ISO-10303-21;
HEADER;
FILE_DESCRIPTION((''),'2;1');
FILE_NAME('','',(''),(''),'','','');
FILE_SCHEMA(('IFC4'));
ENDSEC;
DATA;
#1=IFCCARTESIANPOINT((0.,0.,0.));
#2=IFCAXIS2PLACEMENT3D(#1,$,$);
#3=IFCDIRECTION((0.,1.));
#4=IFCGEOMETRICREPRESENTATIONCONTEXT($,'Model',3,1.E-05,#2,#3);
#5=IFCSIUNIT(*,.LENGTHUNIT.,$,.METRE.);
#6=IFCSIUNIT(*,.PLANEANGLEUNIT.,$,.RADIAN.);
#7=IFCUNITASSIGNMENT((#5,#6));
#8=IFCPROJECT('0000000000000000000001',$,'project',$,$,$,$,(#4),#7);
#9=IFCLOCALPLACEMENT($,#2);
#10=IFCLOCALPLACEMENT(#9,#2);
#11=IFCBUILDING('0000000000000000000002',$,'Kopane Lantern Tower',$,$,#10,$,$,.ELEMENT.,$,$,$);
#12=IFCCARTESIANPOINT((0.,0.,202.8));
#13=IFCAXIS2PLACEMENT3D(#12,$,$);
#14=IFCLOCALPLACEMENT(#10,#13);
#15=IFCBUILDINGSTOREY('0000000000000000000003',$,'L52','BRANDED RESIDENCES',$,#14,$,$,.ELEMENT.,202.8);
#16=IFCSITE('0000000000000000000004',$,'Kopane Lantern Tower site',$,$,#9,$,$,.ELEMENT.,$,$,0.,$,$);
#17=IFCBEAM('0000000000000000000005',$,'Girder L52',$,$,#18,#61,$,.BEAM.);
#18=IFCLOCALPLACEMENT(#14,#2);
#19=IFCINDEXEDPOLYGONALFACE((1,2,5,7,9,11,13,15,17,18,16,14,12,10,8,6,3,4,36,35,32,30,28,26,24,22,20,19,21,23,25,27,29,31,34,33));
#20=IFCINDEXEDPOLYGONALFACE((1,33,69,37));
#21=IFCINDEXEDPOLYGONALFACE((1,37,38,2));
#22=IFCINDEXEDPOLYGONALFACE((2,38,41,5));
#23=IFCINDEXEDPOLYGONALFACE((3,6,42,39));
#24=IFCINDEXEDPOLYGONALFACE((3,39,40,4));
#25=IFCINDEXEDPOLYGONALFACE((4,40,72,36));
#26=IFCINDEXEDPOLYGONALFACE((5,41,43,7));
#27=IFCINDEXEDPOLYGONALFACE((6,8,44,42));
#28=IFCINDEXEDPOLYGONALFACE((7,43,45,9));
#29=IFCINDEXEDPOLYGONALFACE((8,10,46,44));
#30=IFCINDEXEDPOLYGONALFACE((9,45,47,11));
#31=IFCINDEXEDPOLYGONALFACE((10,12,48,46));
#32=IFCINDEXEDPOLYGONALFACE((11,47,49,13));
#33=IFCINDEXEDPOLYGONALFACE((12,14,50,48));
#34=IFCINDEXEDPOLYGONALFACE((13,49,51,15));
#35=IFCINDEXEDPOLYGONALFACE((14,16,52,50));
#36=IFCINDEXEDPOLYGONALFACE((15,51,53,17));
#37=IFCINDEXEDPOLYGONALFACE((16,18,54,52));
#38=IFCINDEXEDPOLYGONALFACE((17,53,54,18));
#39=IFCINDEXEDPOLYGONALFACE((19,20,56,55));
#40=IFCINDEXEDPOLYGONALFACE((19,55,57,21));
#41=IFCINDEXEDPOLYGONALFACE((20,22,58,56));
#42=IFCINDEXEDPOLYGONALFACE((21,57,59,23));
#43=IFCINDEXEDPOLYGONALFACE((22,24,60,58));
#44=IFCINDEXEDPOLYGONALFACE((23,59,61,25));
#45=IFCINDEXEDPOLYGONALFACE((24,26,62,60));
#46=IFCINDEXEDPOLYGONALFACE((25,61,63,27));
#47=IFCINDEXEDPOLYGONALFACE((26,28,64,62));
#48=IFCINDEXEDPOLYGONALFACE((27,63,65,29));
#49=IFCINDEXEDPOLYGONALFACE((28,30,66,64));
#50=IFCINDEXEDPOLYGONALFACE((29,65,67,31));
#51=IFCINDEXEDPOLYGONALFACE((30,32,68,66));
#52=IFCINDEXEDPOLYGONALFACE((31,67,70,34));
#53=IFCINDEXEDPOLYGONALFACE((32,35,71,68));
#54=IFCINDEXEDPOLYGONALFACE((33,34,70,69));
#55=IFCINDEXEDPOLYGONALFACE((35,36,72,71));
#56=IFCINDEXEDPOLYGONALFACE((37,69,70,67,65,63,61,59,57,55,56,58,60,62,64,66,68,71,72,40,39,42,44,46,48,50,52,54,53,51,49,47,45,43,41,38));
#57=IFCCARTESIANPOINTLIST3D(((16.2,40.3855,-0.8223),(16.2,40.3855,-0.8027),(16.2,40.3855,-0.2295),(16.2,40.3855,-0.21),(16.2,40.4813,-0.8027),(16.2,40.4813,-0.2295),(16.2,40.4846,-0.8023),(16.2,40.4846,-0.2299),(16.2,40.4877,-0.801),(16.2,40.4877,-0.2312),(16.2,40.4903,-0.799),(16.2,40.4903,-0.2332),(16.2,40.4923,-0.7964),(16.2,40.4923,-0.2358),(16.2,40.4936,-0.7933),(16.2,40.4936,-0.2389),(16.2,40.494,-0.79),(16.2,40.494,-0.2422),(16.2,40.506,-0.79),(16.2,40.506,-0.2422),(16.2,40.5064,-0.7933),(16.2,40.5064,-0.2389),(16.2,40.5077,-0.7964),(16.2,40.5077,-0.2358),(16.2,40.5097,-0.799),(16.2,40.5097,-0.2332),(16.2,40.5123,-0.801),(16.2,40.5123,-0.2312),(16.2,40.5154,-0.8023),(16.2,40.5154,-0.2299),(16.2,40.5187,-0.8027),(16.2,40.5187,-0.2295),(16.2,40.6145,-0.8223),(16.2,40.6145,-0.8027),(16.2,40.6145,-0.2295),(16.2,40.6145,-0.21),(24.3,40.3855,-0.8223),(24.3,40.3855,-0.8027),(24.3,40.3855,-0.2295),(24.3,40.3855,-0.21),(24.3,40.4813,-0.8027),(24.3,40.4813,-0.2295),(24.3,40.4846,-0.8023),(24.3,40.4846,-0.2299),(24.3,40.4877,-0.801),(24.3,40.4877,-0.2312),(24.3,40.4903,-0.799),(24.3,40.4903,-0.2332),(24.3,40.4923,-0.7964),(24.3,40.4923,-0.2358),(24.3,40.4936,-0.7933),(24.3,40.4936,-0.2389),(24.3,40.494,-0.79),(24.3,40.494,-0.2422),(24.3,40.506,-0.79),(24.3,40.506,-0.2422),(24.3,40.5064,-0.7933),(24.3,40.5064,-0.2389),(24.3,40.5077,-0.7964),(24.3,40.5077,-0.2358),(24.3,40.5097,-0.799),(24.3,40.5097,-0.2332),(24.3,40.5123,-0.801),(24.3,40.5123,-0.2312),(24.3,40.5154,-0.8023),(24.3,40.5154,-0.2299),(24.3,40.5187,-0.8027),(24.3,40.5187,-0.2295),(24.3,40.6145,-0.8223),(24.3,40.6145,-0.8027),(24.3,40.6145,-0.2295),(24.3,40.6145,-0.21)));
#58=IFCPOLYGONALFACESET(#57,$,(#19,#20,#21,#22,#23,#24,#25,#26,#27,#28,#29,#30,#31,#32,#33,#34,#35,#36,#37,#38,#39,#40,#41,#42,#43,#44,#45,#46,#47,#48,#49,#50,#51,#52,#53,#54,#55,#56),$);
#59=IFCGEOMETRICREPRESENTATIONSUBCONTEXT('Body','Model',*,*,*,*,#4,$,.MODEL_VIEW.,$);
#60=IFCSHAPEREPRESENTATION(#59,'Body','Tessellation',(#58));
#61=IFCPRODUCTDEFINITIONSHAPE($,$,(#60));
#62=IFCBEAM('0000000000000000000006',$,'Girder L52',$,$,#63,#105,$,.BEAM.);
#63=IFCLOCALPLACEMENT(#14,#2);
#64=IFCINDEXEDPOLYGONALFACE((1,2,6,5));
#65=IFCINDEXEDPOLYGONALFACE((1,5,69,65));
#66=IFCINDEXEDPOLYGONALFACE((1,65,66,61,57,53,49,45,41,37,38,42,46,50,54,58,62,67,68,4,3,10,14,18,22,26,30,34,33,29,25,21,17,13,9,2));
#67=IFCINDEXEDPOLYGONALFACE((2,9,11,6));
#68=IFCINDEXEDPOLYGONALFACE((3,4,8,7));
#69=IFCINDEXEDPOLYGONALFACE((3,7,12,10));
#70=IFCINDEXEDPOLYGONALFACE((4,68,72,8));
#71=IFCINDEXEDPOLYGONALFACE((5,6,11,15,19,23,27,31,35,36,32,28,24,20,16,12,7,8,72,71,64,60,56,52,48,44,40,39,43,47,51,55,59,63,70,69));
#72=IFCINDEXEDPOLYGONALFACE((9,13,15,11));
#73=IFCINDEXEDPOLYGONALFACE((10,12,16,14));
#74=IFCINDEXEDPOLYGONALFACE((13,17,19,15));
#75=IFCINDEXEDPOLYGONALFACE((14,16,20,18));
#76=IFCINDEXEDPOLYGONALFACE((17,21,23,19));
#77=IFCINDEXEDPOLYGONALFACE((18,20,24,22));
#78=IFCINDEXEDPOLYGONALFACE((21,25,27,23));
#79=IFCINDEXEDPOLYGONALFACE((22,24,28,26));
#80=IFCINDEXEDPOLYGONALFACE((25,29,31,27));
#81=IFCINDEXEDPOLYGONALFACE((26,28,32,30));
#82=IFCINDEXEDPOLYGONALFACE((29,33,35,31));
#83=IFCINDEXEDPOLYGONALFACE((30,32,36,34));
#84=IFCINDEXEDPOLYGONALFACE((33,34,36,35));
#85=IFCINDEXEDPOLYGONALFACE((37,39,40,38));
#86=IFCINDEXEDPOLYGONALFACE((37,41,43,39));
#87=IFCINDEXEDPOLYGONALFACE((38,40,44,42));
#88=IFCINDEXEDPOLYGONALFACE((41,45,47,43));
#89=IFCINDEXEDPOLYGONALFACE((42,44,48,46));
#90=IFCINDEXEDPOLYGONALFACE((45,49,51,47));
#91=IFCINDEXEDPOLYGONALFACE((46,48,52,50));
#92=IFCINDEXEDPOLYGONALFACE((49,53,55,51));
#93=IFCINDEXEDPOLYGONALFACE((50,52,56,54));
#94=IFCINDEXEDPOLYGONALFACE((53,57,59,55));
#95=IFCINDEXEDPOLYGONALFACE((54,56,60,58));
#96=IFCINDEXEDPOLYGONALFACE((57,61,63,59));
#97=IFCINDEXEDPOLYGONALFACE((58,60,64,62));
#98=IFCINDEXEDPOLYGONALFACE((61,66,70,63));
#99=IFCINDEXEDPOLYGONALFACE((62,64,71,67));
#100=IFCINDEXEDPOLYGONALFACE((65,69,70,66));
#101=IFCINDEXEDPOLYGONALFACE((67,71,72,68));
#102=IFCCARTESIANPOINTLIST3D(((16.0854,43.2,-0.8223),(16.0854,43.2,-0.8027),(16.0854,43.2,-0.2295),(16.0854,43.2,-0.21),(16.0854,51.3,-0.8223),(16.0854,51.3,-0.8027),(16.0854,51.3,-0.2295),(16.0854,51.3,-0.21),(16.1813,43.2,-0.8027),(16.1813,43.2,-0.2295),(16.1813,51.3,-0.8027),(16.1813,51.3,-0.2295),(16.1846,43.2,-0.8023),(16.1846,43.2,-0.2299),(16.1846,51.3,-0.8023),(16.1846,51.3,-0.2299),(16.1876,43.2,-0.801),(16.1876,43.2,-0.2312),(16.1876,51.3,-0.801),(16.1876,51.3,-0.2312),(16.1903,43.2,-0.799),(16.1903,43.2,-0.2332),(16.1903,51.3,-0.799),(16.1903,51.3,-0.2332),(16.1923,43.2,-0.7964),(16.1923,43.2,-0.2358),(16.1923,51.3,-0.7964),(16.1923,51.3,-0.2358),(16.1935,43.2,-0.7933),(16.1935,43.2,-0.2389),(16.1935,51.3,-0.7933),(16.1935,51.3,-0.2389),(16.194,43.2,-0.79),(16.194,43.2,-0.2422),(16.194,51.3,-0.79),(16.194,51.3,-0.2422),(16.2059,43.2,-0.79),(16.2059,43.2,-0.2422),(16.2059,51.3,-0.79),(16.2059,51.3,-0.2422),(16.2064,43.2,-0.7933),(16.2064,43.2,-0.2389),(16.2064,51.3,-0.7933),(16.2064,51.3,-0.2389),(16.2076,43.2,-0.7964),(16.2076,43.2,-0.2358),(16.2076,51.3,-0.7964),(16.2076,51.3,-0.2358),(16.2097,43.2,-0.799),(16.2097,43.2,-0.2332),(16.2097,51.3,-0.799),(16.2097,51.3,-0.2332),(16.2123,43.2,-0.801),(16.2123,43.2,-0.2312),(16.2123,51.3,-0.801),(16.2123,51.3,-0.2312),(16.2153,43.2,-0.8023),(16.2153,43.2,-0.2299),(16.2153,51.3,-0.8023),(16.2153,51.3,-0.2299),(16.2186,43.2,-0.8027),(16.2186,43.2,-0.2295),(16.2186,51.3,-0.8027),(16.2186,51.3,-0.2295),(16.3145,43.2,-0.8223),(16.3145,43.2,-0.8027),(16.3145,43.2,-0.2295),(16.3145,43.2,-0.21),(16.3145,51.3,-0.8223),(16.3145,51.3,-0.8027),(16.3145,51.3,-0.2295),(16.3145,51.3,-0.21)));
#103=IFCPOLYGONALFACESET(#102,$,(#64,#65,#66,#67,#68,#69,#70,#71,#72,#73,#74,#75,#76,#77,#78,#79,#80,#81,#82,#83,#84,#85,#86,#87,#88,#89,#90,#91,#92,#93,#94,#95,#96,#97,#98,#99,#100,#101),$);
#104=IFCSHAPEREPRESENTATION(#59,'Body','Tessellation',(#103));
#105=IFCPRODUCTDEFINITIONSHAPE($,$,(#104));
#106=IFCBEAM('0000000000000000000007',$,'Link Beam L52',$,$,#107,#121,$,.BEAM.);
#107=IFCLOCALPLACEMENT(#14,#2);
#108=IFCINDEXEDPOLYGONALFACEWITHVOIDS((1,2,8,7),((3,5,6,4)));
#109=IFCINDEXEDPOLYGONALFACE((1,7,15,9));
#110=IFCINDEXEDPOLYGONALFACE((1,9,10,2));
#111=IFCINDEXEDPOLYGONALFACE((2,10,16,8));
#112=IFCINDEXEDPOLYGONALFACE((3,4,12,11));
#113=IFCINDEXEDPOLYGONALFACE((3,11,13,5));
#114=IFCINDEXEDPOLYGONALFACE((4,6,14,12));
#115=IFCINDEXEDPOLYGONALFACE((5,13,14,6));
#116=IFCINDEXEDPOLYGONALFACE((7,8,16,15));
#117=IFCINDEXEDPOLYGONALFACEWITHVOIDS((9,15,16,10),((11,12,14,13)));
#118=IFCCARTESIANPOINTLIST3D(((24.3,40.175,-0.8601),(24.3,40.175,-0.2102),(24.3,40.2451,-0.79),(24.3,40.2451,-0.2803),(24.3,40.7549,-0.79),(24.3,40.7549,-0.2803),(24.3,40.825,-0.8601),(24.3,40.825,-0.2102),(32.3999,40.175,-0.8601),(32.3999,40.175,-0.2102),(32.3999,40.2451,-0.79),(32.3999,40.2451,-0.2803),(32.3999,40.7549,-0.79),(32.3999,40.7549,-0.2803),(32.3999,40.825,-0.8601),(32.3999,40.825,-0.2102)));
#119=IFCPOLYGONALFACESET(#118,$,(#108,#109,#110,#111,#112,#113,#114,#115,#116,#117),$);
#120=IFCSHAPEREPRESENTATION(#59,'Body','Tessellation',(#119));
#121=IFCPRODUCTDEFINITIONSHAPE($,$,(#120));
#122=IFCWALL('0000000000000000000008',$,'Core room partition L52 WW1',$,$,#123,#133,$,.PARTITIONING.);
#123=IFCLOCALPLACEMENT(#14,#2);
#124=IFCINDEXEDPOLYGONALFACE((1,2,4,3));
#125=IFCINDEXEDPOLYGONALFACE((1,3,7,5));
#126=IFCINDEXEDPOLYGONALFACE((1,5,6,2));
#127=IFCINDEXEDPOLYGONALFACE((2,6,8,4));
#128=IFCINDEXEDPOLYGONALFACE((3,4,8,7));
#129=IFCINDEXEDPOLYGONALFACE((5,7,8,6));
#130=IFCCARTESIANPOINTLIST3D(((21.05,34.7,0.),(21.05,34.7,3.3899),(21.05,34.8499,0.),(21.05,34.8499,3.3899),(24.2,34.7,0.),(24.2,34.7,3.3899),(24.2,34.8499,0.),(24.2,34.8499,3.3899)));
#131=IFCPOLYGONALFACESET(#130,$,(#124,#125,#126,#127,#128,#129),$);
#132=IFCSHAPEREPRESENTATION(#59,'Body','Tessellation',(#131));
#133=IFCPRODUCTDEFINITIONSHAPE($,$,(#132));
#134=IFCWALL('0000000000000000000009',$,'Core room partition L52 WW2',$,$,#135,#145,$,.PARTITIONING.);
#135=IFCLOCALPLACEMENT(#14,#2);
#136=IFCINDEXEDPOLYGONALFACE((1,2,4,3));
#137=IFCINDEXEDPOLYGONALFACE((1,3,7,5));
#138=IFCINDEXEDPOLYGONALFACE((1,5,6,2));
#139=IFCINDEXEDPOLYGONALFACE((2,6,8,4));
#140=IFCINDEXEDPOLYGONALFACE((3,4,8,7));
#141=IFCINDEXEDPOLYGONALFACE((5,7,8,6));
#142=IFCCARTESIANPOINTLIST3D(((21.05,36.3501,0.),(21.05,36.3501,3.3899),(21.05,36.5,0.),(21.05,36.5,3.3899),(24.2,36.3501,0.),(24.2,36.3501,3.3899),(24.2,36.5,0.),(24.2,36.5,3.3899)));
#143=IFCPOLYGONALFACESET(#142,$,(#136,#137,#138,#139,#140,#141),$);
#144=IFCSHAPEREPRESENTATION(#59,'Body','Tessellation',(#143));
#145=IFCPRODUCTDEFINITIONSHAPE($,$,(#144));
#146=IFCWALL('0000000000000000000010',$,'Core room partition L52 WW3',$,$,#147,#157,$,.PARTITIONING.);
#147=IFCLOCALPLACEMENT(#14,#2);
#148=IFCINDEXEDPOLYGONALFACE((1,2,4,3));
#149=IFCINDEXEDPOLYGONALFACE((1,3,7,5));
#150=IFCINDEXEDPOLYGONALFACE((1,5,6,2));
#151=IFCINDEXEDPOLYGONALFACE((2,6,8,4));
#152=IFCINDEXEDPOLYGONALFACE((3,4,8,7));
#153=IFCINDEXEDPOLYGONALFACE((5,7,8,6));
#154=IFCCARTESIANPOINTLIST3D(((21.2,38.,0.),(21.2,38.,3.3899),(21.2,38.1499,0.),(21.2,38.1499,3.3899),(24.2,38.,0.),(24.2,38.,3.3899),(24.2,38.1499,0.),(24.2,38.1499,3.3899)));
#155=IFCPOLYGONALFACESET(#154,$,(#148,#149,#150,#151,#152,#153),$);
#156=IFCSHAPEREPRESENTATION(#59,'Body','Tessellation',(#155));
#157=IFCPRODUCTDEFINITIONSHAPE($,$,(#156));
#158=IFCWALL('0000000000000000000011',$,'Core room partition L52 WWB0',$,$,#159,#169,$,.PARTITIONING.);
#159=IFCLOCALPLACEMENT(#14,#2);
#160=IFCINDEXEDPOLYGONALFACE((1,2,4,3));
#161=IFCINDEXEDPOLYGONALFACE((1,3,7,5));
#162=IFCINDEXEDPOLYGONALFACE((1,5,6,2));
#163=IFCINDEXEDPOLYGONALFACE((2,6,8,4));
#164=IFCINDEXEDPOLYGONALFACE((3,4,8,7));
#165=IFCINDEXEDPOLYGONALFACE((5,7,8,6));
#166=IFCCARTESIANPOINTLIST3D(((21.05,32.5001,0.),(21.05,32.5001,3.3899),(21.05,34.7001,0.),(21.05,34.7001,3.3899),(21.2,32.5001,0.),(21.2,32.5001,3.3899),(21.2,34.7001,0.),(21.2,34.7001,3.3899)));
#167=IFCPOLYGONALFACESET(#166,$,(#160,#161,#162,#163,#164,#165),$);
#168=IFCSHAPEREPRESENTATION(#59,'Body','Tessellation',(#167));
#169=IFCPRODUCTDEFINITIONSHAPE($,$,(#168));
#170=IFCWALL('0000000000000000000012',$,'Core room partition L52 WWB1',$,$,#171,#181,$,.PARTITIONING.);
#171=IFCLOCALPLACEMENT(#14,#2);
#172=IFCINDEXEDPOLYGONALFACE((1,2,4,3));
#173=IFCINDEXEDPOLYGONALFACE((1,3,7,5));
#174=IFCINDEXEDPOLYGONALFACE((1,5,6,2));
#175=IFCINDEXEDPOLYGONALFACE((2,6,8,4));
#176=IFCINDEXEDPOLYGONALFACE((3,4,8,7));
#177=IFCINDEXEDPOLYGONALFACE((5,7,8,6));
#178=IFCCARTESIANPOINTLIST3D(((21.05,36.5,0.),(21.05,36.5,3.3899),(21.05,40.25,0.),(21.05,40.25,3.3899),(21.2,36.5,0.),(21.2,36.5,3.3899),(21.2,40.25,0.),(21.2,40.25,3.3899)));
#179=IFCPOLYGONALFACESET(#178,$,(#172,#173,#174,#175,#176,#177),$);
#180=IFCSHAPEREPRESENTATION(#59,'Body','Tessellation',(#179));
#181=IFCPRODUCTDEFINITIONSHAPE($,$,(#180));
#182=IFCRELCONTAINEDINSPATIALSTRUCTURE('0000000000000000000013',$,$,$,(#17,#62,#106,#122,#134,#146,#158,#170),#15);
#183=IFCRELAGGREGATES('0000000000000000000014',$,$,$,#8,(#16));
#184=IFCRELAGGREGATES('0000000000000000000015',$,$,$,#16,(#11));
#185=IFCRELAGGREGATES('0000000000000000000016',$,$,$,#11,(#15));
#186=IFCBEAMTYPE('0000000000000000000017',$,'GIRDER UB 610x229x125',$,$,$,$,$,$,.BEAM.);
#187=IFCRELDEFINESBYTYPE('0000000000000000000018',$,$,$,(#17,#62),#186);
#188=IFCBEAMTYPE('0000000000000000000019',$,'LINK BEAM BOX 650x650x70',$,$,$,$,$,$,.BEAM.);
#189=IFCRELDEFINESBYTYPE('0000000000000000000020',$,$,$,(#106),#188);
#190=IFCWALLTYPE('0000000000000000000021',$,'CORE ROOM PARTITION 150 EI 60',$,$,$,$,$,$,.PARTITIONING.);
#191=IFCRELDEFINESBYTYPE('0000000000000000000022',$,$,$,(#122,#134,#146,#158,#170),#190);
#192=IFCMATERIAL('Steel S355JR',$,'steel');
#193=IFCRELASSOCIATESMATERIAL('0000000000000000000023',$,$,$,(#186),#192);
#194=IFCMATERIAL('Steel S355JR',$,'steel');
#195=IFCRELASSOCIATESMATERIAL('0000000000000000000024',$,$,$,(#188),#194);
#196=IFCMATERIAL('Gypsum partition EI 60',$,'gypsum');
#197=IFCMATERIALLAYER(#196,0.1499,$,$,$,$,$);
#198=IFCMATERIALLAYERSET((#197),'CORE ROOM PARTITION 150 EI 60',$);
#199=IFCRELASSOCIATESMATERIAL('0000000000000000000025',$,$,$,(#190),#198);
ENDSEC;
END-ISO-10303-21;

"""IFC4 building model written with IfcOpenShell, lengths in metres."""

from ifc_helpers import new_model, si_unit, direction, frame, frame_2d, origin, origin_2d, place, context, subcontext, project, spatial, rectangle, hollow_rectangle, i_section, extrude, material, layer, layer_set, material_profile, profile_set, type_object, element, save


model = new_model("IFC4")

# Units and contexts
model_context = context("Model", 3, precision=1e-05, world=origin(), true_north=direction((0.0, 1.0)))
body_context = subcontext(model_context, "Body", "Model", "MODEL_VIEW")
ifc_project = project(units=[si_unit("LENGTHUNIT", "METRE"), si_unit("PLANEANGLEUNIT", "RADIAN")], contexts=[model_context])

# Site, building, storey
site_placement = place(None, origin())
site = spatial("IfcSite", under=ifc_project, at=site_placement, Name="Kopane Lantern Tower site", CompositionType="ELEMENT", RefElevation=0.0)
building_placement = place(site_placement, origin())
building = spatial("IfcBuilding", under=site, at=building_placement, Name="Kopane Lantern Tower", CompositionType="ELEMENT")
storey_placement = place(building_placement, frame((0.0, 0.0, 202.8)))
storey = spatial("IfcBuildingStorey", under=building, at=storey_placement, Name="L52", Description="BRANDED RESIDENCES", CompositionType="ELEMENT", Elevation=202.8)

# Beams
ifc_material_1 = material(Name="Steel S355JR", Category="steel")
ifc_material_profile_1 = material_profile(ifc_material_1, i_section(OverallWidth=0.229, OverallDepth=0.6123, WebThickness=0.012, FlangeThickness=0.0195, FilletRadius=0.0127, at=origin_2d()), Name="UB 610x229x125")
ifc_profile_set_1 = profile_set([ifc_material_profile_1], Name="Steel S355JR")
beam_type_1 = type_object("IfcBeamType", Name="GIRDER UB 610x229x125", PredefinedType="BEAM", material=ifc_profile_set_1)
for number, where, z_axis, x_axis, name in (
    (1, (16.2, 40.5, -0.5161), (1.0, 0.0, 0.0), (0.0, 1.0, 0.0), "Girder L52"),
    (2, (16.2, 43.2, -0.5161), (0.0, 1.0, 0.0), (-1.0, 0.0, 0.0), "Girder L52"),
):
    element("IfcBeam", number, at=place(storey_placement, frame(where, z_axis=z_axis, x_axis=x_axis)), inside=storey, type_object=beam_type_1, Name=name, PredefinedType="BEAM", context=body_context, shape_type="SweptSolid", body=[
        extrude(i_section(OverallWidth=0.229, OverallDepth=0.6123, WebThickness=0.012, FlangeThickness=0.0195, FilletRadius=0.0127, at=origin_2d()), origin(), (0.0, 0.0, 1.0), 8.1001),
    ])
ifc_material_2 = material(Name="Steel S355JR", Category="steel")
ifc_material_profile_2 = material_profile(ifc_material_2, hollow_rectangle(XDim=0.6499, YDim=0.6499, WallThickness=0.0701, at=origin_2d()), Name="BOX 650x650x70")
ifc_profile_set_2 = profile_set([ifc_material_profile_2], Name="Steel S355JR")
beam_type_2 = type_object("IfcBeamType", Name="LINK BEAM BOX 650x650x70", PredefinedType="BEAM", material=ifc_profile_set_2)
beam_placement = place(storey_placement, frame((24.3, 40.5, -0.5352), z_axis=(1.0, 0.0, 0.0), x_axis=(0.0, 1.0, 0.0)))
element("IfcBeam", 3, at=beam_placement, inside=storey, type_object=beam_type_2, Name="Link Beam L52", PredefinedType="BEAM", context=body_context, shape_type="SweptSolid", body=[
    extrude(hollow_rectangle(XDim=0.6499, YDim=0.6499, WallThickness=0.0701, at=origin_2d()), origin(), (0.0, 0.0, 1.0), 8.0999),
])

# Walls
ifc_material_3 = material(Name="Gypsum partition EI 60", Category="gypsum")
ifc_layer_1 = layer(ifc_material_3, 0.1499)
ifc_layer_set_1 = layer_set([ifc_layer_1], Name="CORE ROOM PARTITION 150 EI 60")
wall_type_1 = type_object("IfcWallType", Name="CORE ROOM PARTITION 150 EI 60", PredefinedType="PARTITIONING", material=ifc_layer_set_1)
for number, where, z_axis, x_axis, name in (
    (4, (21.05, 34.7749, 0.0), (0.0, 0.0, 1.0), (1.0, 0.0, 0.0), "Core room partition L52 WW1"),
    (5, (21.05, 36.425, 0.0), (0.0, 0.0, 1.0), (1.0, 0.0, 0.0), "Core room partition L52 WW2"),
):
    element("IfcWall", number, at=place(storey_placement, frame(where, z_axis=z_axis, x_axis=x_axis)), inside=storey, type_object=wall_type_1, Name=name, PredefinedType="PARTITIONING", context=body_context, shape_type="SweptSolid", body=[
        extrude(rectangle(XDim=3.1499, YDim=0.1499, at=frame_2d((1.575, 0.0))), origin(), (0.0, 0.0, 1.0), 3.3899),
    ])
wall_1_placement = place(storey_placement, frame((21.2, 38.075, 0.0), z_axis=(0.0, 0.0, 1.0), x_axis=(1.0, 0.0, 0.0)))
element("IfcWall", 6, at=wall_1_placement, inside=storey, type_object=wall_type_1, Name="Core room partition L52 WW3", PredefinedType="PARTITIONING", context=body_context, shape_type="SweptSolid", body=[
    extrude(rectangle(XDim=3.0, YDim=0.1499, at=frame_2d((1.5, 0.0))), origin(), (0.0, 0.0, 1.0), 3.3899),
])
wall_2_placement = place(storey_placement, frame((21.125, 32.5, 0.0), z_axis=(0.0, 0.0, 1.0), x_axis=(0.0, 1.0, 0.0)))
element("IfcWall", 7, at=wall_2_placement, inside=storey, type_object=wall_type_1, Name="Core room partition L52 WWB0", PredefinedType="PARTITIONING", context=body_context, shape_type="SweptSolid", body=[
    extrude(rectangle(XDim=2.2, YDim=0.1499, at=frame_2d((1.1001, 0.0))), origin(), (0.0, 0.0, 1.0), 3.3899),
])
wall_3_placement = place(storey_placement, frame((21.125, 36.5, 0.0), z_axis=(0.0, 0.0, 1.0), x_axis=(0.0, 1.0, 0.0)))
element("IfcWall", 8, at=wall_3_placement, inside=storey, type_object=wall_type_1, Name="Core room partition L52 WWB1", PredefinedType="PARTITIONING", context=body_context, shape_type="SweptSolid", body=[
    extrude(rectangle(XDim=3.75, YDim=0.1499, at=frame_2d((1.875, 0.0))), origin(), (0.0, 0.0, 1.0), 3.3899),
])

save(model, "model.ifc")
